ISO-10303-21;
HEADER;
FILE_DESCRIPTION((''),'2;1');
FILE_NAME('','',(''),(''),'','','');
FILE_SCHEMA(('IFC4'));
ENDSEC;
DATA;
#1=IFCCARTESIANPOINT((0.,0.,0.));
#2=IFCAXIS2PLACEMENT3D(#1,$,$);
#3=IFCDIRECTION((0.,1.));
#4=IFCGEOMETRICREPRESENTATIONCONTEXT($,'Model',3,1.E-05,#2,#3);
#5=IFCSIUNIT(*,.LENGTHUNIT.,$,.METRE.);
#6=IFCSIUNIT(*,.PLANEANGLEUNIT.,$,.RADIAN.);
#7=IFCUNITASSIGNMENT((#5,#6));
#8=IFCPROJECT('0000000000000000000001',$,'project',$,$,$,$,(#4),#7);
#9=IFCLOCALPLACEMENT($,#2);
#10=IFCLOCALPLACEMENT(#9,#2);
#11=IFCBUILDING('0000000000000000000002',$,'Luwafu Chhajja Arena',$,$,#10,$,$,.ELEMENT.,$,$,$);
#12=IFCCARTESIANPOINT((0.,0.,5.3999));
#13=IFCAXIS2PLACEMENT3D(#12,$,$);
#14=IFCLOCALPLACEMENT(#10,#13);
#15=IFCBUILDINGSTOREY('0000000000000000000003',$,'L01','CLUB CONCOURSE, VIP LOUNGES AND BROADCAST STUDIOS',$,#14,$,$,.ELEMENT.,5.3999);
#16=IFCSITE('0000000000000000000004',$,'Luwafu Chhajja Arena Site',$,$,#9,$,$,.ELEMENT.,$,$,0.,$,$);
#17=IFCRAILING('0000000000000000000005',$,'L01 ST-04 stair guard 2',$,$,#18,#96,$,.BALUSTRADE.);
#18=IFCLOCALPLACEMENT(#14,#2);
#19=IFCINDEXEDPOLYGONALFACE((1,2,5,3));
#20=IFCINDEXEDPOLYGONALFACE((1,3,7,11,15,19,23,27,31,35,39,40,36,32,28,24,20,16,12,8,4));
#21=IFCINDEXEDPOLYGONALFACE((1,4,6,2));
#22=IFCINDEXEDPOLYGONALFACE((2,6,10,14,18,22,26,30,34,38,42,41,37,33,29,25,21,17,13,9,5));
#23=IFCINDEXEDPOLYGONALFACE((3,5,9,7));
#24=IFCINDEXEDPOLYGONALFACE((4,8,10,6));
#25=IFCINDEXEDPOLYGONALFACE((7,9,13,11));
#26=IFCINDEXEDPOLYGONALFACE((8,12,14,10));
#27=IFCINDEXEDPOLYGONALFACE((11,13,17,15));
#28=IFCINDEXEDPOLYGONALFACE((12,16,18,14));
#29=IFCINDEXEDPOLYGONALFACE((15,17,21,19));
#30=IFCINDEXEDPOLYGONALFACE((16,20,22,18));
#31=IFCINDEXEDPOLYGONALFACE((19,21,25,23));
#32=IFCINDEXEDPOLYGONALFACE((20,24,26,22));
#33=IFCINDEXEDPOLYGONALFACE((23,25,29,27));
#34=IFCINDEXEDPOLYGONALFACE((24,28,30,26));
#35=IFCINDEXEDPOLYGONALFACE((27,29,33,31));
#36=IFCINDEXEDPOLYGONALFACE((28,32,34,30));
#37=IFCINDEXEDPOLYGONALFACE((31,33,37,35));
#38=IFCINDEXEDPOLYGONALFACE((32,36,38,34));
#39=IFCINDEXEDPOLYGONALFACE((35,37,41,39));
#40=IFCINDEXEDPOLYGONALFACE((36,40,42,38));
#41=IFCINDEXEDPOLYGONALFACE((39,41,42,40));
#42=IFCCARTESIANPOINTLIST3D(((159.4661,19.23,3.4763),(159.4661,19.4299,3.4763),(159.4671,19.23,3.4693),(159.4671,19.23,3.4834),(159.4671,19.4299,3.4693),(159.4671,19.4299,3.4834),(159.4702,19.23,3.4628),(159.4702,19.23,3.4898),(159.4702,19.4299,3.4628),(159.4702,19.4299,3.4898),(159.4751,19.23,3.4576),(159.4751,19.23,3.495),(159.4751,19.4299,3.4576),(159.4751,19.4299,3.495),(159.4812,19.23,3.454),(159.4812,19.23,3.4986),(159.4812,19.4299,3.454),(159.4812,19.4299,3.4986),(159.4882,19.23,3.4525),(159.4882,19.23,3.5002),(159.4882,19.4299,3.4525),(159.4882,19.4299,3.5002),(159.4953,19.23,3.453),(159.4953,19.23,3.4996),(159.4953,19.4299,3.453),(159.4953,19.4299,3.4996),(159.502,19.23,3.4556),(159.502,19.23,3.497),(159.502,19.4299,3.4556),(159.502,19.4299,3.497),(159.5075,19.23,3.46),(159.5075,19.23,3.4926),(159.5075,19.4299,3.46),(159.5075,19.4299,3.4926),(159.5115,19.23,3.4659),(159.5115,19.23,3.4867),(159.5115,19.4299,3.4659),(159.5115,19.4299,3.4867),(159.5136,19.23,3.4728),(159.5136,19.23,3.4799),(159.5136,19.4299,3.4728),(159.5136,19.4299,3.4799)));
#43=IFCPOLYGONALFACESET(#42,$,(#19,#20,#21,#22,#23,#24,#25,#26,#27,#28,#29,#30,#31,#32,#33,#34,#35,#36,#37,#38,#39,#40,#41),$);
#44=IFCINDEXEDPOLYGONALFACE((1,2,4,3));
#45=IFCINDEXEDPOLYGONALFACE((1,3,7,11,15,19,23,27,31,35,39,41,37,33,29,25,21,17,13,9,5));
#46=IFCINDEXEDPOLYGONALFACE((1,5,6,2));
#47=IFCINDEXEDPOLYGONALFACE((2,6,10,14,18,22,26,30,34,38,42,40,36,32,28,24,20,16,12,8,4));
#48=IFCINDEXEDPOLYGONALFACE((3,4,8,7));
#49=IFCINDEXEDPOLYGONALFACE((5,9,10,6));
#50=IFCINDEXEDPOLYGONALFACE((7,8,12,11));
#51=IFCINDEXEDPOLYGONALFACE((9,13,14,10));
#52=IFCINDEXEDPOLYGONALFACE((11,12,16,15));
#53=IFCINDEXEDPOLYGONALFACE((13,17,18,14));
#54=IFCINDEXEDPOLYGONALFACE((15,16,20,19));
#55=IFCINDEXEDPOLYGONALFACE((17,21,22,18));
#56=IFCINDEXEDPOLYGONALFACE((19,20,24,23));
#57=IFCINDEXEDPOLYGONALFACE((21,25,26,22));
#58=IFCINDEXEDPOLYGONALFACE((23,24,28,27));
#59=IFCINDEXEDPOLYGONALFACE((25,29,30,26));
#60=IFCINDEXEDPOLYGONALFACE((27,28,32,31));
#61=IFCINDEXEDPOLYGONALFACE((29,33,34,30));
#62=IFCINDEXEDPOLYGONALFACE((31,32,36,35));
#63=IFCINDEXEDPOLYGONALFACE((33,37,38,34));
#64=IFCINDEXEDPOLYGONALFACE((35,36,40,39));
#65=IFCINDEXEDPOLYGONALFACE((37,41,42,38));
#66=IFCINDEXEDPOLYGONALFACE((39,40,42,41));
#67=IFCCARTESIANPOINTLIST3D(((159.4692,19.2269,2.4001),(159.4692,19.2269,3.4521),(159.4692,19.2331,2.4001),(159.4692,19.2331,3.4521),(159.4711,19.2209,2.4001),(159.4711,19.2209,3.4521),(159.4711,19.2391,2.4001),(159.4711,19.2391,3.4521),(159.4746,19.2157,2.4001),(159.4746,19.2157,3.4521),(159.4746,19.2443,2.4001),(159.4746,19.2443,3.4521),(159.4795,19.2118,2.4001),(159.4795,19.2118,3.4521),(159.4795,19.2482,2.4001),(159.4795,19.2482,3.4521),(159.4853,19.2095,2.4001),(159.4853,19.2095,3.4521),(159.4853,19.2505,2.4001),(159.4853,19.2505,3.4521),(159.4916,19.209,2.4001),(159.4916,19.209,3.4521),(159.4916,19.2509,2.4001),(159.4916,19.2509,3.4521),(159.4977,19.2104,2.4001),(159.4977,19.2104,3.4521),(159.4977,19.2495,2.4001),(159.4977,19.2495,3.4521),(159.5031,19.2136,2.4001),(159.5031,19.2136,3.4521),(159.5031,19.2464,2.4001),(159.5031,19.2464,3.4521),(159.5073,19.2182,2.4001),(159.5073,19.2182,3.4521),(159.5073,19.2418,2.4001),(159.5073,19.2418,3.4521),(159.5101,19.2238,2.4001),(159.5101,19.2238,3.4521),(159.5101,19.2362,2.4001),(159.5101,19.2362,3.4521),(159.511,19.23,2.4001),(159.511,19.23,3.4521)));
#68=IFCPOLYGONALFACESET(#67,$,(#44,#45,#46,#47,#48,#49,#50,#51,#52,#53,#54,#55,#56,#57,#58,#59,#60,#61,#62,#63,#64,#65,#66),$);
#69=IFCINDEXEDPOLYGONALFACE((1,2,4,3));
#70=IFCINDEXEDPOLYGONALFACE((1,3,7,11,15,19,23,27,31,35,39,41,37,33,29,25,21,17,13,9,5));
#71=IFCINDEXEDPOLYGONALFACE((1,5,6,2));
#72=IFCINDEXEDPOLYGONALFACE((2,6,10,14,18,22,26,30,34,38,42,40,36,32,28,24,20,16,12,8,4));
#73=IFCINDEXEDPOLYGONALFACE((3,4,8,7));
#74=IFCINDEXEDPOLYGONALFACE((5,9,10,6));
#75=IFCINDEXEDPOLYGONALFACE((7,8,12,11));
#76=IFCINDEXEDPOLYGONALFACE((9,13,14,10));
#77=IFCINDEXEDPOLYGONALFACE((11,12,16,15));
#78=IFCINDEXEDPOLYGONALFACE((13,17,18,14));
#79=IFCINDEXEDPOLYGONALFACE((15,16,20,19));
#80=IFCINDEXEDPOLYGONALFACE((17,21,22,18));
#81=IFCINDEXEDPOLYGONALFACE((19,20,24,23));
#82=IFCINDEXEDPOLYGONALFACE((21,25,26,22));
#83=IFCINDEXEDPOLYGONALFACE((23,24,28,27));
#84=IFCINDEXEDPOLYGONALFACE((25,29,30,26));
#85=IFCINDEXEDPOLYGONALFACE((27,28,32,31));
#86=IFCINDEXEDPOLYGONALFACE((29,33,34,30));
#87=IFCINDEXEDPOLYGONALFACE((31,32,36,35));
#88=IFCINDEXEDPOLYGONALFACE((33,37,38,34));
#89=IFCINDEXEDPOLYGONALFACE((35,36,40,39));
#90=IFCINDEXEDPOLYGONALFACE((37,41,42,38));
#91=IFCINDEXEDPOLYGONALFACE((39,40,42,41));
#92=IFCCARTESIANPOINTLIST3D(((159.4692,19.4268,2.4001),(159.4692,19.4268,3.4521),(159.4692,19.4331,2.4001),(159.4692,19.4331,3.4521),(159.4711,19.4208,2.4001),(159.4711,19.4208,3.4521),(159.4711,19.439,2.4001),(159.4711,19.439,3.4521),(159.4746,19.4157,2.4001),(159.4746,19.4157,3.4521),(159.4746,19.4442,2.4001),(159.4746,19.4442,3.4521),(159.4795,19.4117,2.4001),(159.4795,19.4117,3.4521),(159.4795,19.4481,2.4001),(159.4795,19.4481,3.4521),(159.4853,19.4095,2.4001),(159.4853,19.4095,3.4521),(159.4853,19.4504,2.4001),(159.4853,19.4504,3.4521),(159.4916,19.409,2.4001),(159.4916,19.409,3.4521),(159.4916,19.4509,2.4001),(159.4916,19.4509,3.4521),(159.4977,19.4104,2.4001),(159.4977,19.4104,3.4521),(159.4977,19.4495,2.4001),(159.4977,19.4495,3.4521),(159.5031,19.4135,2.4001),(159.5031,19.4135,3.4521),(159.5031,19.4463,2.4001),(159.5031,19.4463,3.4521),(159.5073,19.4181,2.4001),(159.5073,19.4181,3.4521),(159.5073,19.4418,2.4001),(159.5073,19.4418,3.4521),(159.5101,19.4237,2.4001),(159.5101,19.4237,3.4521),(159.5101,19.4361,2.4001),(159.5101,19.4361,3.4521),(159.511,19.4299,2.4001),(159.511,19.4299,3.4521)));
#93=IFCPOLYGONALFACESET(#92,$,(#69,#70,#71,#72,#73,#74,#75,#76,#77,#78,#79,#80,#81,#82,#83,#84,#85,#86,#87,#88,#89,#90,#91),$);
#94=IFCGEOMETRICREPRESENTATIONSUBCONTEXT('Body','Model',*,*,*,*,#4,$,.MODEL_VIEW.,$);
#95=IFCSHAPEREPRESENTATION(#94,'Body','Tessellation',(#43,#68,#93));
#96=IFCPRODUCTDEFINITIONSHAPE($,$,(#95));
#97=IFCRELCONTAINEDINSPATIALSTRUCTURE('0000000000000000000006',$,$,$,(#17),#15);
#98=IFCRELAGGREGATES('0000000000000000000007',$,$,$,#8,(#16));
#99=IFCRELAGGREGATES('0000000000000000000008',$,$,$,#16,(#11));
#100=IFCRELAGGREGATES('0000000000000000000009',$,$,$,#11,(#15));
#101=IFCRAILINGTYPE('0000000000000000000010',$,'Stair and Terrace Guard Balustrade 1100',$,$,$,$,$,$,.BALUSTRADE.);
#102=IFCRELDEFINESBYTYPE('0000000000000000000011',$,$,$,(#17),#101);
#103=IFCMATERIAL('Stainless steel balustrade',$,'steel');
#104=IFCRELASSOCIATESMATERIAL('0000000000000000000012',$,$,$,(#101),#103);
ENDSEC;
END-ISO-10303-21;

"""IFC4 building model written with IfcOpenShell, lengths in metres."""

from ifc_helpers import new_model, si_unit, direction, frame, origin, origin_2d, place, context, subcontext, project, spatial, circle, extrude, material, type_object, element, save


model = new_model("IFC4")

# Units and contexts
model_context = context("Model", 3, precision=1e-05, world=origin(), true_north=direction((0.0, 1.0)))
body_context = subcontext(model_context, "Body", "Model", "MODEL_VIEW")
ifc_project = project(units=[si_unit("LENGTHUNIT", "METRE"), si_unit("PLANEANGLEUNIT", "RADIAN")], contexts=[model_context])

# Site, building, storey
site_placement = place(None, origin())
site = spatial("IfcSite", under=ifc_project, at=site_placement, Name="Luwafu Chhajja Arena Site", CompositionType="ELEMENT", RefElevation=0.0)
building_placement = place(site_placement, origin())
building = spatial("IfcBuilding", under=site, at=building_placement, Name="Luwafu Chhajja Arena", CompositionType="ELEMENT")
storey_placement = place(building_placement, frame((0.0, 0.0, 5.3999)))
storey = spatial("IfcBuildingStorey", under=building, at=storey_placement, Name="L01", Description="CLUB CONCOURSE, VIP LOUNGES AND BROADCAST STUDIOS", CompositionType="ELEMENT", Elevation=5.3999)

# Railing
ifc_material_1 = material(Name="Stainless steel balustrade", Category="steel")
railing_type_1 = type_object("IfcRailingType", Name="Stair and Terrace Guard Balustrade 1100", PredefinedType="BALUSTRADE", material=ifc_material_1)
railing_1_placement = place(storey_placement, frame((159.49, 19.23, 2.4001)))
element("IfcRailing", 1, at=railing_1_placement, inside=storey, type_object=railing_type_1, Name="L01 ST-04 stair guard 2", PredefinedType="BALUSTRADE", context=body_context, shape_type="SweptSolid", body=[
    extrude(circle(Radius=0.0239, at=origin_2d()), frame((0.0, 0.0, 1.0762), z_axis=(0.0, 1.0, 0.0), x_axis=(-1.0, 0.0, 0.0)), (0.0, 0.0, 1.0), 0.2),
    extrude(circle(Radius=0.021, at=origin_2d()), origin(), (0.0, 0.0, 1.0), 1.052),
    extrude(circle(Radius=0.021, at=origin_2d()), frame((0.0, 0.2, 0.0)), (0.0, 0.0, 1.0), 1.052),
])

save(model, "model.ifc")
